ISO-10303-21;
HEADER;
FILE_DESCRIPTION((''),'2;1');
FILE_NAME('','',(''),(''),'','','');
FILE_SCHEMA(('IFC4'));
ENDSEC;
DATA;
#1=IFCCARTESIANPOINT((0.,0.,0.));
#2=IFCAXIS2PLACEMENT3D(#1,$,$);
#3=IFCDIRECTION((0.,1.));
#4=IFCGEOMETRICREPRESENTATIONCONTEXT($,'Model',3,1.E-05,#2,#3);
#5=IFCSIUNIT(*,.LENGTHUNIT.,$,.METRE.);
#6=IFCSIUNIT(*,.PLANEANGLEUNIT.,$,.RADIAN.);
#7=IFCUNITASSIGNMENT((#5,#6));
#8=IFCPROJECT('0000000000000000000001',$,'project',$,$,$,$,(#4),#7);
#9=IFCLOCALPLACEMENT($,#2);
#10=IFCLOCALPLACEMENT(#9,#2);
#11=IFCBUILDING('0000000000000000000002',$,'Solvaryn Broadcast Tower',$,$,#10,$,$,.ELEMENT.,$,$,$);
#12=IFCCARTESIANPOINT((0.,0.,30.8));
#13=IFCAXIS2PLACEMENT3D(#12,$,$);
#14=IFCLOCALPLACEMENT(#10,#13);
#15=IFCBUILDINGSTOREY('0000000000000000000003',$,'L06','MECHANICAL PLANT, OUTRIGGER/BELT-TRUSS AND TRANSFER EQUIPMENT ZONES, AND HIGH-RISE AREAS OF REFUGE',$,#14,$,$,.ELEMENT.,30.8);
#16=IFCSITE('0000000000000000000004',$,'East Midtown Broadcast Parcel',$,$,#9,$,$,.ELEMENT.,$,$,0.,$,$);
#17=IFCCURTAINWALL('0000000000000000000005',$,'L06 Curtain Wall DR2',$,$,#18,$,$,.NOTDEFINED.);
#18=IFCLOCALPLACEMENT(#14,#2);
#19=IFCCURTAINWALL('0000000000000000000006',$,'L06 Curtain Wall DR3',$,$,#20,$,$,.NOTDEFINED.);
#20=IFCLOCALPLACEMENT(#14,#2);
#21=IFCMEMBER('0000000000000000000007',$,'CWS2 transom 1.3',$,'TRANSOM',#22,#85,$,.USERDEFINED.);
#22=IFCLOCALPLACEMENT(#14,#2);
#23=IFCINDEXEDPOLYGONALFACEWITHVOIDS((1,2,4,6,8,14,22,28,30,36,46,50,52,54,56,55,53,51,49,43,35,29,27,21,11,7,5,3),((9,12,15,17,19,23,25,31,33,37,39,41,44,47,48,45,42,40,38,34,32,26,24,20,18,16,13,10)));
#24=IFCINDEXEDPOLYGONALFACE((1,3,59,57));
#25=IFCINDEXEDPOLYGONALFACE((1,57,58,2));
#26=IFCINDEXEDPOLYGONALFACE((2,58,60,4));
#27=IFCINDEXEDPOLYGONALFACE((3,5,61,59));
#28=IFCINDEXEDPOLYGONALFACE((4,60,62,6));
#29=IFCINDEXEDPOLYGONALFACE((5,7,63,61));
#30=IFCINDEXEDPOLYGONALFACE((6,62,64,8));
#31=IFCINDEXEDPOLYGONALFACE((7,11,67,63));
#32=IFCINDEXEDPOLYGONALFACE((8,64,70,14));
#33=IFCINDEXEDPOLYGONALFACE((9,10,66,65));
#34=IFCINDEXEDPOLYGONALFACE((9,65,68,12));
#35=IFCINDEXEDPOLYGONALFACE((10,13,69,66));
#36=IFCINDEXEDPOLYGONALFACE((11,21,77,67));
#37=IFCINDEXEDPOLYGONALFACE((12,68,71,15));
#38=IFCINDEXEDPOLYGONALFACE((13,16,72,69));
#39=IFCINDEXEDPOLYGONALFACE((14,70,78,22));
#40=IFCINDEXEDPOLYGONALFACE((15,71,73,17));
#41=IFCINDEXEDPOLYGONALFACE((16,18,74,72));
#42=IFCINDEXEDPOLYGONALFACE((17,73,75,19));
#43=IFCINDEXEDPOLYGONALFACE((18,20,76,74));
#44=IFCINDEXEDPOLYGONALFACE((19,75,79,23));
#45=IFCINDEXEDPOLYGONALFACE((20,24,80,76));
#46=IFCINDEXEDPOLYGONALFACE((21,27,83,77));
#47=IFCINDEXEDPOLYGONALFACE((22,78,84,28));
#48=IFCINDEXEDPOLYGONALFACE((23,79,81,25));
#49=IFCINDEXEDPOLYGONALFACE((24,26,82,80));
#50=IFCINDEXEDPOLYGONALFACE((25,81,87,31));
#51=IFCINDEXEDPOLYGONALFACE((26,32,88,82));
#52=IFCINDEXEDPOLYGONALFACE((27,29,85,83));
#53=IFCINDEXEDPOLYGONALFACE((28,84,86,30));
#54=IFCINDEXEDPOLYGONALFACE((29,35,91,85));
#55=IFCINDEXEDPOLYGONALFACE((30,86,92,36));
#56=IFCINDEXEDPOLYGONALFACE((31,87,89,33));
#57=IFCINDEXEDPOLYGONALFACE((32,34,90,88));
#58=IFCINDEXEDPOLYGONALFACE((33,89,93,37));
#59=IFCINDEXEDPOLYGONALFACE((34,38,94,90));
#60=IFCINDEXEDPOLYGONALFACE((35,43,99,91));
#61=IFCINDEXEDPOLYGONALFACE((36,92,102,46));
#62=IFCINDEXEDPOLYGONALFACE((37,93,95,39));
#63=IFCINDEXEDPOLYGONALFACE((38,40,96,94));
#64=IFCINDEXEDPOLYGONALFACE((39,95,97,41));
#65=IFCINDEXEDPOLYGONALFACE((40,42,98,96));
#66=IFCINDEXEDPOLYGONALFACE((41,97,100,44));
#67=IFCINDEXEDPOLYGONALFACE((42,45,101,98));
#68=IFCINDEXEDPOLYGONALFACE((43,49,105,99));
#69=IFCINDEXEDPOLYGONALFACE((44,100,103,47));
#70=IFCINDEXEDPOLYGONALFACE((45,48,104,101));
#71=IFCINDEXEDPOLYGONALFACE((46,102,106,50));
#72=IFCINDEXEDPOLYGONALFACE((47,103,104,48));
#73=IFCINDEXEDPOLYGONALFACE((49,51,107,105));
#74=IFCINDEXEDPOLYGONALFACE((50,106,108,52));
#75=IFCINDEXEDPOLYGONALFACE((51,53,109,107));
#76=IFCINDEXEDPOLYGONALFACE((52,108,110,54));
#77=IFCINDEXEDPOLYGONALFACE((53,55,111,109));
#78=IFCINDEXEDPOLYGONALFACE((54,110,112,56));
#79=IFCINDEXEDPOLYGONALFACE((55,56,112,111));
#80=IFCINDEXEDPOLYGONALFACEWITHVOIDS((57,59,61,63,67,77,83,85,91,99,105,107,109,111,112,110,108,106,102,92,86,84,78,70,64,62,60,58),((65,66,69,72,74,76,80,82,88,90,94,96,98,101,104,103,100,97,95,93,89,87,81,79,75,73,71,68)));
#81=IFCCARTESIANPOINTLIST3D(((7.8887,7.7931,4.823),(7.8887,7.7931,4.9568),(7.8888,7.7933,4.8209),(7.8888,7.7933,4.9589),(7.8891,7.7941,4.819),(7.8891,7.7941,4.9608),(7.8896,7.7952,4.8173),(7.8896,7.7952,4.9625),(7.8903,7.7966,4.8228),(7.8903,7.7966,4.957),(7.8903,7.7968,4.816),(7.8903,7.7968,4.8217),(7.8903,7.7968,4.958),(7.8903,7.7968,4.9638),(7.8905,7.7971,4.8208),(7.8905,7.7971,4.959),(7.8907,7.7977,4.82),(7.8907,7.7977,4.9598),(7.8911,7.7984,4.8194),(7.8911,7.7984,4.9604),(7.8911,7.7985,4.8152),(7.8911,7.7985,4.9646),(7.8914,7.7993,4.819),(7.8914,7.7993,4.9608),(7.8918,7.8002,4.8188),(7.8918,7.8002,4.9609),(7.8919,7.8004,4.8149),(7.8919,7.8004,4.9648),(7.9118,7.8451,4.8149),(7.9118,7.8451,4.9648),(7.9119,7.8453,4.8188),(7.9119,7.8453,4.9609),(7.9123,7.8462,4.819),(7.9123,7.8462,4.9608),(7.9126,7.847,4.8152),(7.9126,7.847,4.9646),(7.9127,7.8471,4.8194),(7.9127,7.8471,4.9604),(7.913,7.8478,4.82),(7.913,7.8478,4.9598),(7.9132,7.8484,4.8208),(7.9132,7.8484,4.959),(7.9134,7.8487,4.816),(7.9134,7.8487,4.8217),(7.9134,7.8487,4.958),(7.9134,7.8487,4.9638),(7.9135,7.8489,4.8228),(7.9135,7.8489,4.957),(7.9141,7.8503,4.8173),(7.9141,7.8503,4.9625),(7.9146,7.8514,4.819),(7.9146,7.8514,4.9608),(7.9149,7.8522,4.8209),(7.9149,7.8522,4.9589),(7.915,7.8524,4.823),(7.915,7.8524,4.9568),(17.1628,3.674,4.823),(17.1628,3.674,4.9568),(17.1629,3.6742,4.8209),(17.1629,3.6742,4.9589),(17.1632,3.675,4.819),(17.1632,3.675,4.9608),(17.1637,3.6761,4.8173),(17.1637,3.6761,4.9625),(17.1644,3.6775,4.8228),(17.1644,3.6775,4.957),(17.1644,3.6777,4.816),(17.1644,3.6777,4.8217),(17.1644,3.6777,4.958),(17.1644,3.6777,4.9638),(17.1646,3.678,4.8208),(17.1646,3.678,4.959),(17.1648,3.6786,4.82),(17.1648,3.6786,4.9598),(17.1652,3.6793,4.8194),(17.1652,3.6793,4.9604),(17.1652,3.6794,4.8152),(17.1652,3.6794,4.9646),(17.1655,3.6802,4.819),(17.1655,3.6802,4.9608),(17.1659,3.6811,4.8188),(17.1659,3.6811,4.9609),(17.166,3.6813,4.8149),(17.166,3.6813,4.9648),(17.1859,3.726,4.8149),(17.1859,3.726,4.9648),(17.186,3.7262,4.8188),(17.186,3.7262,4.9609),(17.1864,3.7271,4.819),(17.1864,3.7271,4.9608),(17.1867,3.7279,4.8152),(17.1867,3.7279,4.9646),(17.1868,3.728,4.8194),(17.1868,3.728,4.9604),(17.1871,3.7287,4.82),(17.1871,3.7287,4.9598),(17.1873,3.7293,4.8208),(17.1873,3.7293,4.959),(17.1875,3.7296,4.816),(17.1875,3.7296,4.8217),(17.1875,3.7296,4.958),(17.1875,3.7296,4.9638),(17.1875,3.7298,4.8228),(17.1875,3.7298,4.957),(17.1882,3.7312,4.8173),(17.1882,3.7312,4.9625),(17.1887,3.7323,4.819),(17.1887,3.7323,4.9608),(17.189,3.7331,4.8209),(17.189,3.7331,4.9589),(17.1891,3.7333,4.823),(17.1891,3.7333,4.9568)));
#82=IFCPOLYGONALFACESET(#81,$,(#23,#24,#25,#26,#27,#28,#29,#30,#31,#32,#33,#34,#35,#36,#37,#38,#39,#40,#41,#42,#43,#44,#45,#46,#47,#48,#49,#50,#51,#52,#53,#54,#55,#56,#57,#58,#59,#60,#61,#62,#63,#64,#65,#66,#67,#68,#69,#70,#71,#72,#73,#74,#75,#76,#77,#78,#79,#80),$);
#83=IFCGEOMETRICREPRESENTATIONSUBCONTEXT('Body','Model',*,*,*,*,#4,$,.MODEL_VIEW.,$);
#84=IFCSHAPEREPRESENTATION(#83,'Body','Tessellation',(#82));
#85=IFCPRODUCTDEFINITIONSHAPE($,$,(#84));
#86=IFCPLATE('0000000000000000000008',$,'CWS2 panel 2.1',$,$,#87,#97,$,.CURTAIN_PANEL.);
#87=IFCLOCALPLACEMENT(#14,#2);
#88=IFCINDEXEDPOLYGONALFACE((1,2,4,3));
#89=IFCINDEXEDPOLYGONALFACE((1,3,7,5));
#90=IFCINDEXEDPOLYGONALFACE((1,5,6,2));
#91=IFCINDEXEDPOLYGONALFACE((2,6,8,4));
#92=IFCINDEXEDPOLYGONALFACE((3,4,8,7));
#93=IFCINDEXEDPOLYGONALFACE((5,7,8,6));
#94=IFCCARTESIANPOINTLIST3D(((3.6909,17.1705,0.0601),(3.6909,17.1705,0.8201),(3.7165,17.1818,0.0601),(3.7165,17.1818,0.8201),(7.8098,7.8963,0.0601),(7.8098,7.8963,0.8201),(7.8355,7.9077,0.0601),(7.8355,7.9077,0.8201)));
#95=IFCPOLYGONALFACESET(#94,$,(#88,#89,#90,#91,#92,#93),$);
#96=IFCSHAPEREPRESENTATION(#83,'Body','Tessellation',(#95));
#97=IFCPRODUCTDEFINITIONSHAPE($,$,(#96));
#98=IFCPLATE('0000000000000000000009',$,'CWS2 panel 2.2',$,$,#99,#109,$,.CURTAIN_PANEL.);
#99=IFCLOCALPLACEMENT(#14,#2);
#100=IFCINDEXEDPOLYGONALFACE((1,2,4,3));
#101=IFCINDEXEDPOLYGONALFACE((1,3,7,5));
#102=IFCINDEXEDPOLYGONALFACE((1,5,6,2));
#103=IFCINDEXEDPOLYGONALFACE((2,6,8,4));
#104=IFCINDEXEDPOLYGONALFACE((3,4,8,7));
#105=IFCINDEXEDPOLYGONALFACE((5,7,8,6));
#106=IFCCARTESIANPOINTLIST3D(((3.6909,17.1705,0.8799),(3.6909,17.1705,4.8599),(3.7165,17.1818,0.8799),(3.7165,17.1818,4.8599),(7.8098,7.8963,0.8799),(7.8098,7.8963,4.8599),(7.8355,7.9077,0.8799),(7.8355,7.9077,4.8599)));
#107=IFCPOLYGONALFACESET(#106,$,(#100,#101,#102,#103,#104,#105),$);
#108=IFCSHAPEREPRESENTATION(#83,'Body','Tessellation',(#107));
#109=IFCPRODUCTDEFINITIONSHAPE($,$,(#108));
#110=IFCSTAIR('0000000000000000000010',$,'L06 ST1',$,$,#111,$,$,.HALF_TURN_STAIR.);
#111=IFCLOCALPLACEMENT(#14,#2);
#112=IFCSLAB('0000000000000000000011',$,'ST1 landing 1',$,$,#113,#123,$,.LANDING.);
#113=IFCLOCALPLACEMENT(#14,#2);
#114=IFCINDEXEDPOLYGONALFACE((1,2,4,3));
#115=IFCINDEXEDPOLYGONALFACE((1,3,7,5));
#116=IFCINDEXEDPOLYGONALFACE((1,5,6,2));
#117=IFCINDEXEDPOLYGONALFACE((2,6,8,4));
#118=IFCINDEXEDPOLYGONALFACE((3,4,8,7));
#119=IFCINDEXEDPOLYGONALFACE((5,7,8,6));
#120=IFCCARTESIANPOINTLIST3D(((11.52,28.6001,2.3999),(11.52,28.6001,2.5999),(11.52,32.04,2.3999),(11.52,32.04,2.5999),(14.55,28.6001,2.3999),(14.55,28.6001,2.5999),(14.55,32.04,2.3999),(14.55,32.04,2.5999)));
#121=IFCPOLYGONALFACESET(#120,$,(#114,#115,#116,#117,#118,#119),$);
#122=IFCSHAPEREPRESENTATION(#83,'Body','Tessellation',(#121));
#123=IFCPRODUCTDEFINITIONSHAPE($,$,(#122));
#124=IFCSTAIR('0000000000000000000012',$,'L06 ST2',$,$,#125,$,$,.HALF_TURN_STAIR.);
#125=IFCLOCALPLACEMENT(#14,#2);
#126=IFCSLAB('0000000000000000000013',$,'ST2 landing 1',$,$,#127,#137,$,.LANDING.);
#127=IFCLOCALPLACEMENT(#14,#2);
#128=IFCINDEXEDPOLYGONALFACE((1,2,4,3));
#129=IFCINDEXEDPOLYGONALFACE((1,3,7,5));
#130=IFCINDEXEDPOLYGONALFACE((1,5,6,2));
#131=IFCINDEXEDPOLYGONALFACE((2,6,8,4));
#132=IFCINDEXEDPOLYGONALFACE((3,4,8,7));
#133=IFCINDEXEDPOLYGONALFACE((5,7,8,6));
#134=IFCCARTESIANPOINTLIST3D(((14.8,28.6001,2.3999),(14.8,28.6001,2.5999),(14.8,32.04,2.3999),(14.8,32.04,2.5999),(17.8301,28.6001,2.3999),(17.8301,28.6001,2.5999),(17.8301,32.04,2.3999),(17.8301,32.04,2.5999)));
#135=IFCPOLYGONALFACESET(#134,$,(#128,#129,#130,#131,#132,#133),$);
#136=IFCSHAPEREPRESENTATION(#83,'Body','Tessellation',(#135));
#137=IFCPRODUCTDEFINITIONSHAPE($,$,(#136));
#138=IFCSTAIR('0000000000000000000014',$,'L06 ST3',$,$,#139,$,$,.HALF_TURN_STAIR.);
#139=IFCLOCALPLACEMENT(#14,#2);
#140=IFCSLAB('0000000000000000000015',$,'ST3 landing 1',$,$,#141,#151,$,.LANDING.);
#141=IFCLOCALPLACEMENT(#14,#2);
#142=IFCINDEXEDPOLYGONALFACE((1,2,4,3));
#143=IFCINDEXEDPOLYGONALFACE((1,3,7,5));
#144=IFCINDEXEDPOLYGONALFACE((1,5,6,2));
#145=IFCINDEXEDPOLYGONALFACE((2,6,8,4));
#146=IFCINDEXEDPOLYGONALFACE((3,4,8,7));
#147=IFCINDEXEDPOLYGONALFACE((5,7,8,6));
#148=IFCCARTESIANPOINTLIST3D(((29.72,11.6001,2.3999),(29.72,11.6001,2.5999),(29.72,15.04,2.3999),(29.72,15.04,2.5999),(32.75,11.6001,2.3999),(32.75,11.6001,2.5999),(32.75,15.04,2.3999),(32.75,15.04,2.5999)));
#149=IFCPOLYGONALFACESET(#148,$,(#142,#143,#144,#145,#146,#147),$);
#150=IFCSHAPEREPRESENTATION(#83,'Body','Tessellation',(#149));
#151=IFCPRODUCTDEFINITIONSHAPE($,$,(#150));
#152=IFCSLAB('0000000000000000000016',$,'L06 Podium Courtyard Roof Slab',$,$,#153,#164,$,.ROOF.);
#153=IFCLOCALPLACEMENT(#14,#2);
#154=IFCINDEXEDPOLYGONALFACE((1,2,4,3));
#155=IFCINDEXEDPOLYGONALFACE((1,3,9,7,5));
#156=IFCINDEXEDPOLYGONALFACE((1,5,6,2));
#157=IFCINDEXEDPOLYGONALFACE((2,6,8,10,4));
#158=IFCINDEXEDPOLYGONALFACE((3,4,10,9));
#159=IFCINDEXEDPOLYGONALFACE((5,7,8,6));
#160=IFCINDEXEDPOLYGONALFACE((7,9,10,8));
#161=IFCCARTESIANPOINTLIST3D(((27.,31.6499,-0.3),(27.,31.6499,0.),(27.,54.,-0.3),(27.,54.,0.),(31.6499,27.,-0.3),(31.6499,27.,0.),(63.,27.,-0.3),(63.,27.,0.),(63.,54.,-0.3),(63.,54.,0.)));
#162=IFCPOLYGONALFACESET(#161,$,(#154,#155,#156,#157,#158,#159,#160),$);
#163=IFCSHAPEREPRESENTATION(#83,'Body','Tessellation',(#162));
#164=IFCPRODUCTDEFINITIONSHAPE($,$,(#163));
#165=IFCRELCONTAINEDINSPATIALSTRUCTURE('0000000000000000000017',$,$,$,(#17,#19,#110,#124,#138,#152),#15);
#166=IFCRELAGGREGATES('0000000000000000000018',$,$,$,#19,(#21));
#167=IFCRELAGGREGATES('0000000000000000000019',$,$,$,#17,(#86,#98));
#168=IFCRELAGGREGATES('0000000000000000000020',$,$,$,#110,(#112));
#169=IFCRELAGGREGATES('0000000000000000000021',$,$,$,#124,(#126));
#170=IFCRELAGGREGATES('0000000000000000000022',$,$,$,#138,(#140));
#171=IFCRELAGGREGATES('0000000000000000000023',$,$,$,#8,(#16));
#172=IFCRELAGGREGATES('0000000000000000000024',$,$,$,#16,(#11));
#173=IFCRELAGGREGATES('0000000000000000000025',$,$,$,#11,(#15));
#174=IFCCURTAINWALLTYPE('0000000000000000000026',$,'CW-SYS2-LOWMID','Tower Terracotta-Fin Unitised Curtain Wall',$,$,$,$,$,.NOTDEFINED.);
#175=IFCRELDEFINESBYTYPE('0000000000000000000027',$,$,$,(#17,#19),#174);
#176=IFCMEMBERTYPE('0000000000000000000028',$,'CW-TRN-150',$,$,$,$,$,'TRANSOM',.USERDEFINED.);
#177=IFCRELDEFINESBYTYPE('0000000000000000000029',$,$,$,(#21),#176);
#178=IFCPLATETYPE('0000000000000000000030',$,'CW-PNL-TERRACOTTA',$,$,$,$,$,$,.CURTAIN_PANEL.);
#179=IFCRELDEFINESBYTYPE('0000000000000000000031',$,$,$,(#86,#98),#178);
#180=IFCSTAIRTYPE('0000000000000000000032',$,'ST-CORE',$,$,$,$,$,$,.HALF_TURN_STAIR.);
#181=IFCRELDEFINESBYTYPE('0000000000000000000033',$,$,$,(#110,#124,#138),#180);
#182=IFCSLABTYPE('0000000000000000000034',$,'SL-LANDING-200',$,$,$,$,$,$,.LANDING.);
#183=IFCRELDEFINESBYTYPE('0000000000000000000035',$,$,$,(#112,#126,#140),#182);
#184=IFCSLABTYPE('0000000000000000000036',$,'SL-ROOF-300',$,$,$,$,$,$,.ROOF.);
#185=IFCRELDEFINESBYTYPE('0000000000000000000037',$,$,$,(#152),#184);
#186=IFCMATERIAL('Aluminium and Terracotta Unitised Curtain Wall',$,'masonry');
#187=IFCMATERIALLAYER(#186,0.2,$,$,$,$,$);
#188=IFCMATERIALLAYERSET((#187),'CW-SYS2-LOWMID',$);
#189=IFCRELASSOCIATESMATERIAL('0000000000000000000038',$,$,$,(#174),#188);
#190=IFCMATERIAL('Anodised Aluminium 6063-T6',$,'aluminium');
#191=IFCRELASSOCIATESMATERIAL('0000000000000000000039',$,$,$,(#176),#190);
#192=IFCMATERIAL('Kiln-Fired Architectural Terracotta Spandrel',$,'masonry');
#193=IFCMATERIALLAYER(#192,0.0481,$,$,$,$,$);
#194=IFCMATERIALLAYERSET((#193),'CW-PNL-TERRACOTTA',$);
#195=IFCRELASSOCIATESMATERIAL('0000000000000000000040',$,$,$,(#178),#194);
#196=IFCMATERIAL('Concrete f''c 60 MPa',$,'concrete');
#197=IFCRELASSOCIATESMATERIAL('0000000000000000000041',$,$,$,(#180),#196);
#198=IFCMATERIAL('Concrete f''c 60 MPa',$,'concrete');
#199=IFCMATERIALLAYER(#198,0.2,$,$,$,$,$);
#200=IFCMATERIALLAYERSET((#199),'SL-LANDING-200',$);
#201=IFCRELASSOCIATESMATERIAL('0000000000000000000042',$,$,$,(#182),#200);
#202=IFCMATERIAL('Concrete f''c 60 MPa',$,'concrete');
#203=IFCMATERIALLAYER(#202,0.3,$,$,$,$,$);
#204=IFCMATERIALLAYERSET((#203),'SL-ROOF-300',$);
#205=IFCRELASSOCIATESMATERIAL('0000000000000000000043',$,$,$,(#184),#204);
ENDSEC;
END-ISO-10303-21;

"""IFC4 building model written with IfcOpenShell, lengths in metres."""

from ifc_helpers import new_model, si_unit, direction, frame, origin, origin_2d, place, context, subcontext, project, spatial, polyline, rectangle, hollow_rectangle, outline, extrude, material, layer, layer_set, material_profile, profile_set, type_object, element, aggregate, save


model = new_model("IFC4")

# Units and contexts
model_context = context("Model", 3, precision=1e-05, world=origin(), true_north=direction((0.0, 1.0)))
body_context = subcontext(model_context, "Body", "Model", "MODEL_VIEW")
ifc_project = project(units=[si_unit("LENGTHUNIT", "METRE"), si_unit("PLANEANGLEUNIT", "RADIAN")], contexts=[model_context])

# Site, building, storey
site_placement = place(None, origin())
site = spatial("IfcSite", under=ifc_project, at=site_placement, Name="East Midtown Broadcast Parcel", CompositionType="ELEMENT", RefElevation=0.0)
building_placement = place(site_placement, origin())
building = spatial("IfcBuilding", under=site, at=building_placement, Name="Solvaryn Broadcast Tower", CompositionType="ELEMENT")
storey_placement = place(building_placement, frame((0.0, 0.0, 30.8)))
storey = spatial("IfcBuildingStorey", under=building, at=storey_placement, Name="L06", Description="MECHANICAL PLANT, OUTRIGGER/BELT-TRUSS AND TRANSFER EQUIPMENT ZONES, AND HIGH-RISE AREAS OF REFUGE", CompositionType="ELEMENT", Elevation=30.8)

# Curtain walls
ifc_material_1 = material(Name="Aluminium and Terracotta Unitised Curtain Wall", Category="masonry")
ifc_layer_1 = layer(ifc_material_1, 0.2)
ifc_layer_set_1 = layer_set([ifc_layer_1], Name="CW-SYS2-LOWMID")
curtain_wall_type = type_object("IfcCurtainWallType", Name="CW-SYS2-LOWMID", Description="Tower Terracotta-Fin Unitised Curtain Wall", PredefinedType="NOTDEFINED", material=ifc_layer_set_1)
curtain_wall_1_placement = place(storey_placement, origin())
curtain_wall_1 = element("IfcCurtainWall", 1, at=curtain_wall_1_placement, inside=storey, type_object=curtain_wall_type, Name="L06 Curtain Wall DR2", PredefinedType="NOTDEFINED")
curtain_wall_2_placement = place(storey_placement, origin())
curtain_wall_2 = element("IfcCurtainWall", 2, at=curtain_wall_2_placement, inside=storey, type_object=curtain_wall_type, Name="L06 Curtain Wall DR3", PredefinedType="NOTDEFINED")

# Member
ifc_material_2 = material(Name="Anodised Aluminium 6063-T6", Category="aluminium")
ifc_material_profile_1 = material_profile(ifc_material_2, hollow_rectangle(XDim=0.0649, YDim=0.1499, WallThickness=0.0039, InnerFilletRadius=0.0039, OuterFilletRadius=0.0081, at=origin_2d()))
ifc_profile_set_1 = profile_set([ifc_material_profile_1], Name="Anodised Aluminium 6063-T6")
member_type_1 = type_object("IfcMemberType", Name="CW-TRN-150", ElementType="TRANSOM", PredefinedType="USERDEFINED", material=ifc_profile_set_1)
member_1_placement = place(storey_placement, frame((7.9019, 7.8228, 4.8899), z_axis=(0.913911, -0.405915, 0.0), x_axis=(0.405915, 0.913911, 0.0)))
member_1 = element("IfcMember", 3, at=member_1_placement, type_object=member_type_1, Name="CWS2 transom 1.3", ObjectType="TRANSOM", PredefinedType="USERDEFINED", context=body_context, shape_type="SweptSolid", body=[
    extrude(hollow_rectangle(XDim=0.0649, YDim=0.1499, WallThickness=0.0039, InnerFilletRadius=0.0039, OuterFilletRadius=0.0081, at=origin_2d()), origin(), (0.0, 0.0, 1.0), 10.1477),
])
aggregate(curtain_wall_2, [member_1])

# Plates
ifc_material_3 = material(Name="Kiln-Fired Architectural Terracotta Spandrel", Category="masonry")
ifc_layer_2 = layer(ifc_material_3, 0.0481)
ifc_layer_set_2 = layer_set([ifc_layer_2], Name="CW-PNL-TERRACOTTA")
plate_type = type_object("IfcPlateType", Name="CW-PNL-TERRACOTTA", PredefinedType="CURTAIN_PANEL", material=ifc_layer_set_2)
plate_1_placement = place(storey_placement, frame((5.7632, 12.5391, 0.0601), z_axis=(0.0, 0.0, 1.0), x_axis=(0.405898, -0.913918, 0.0)))
plate_1 = element("IfcPlate", 4, at=plate_1_placement, type_object=plate_type, Name="CWS2 panel 2.1", PredefinedType="CURTAIN_PANEL", context=body_context, shape_type="SweptSolid", body=[
    extrude(rectangle(XDim=10.1477, YDim=0.0281, at=origin_2d()), origin(), (0.0, 0.0, 1.0), 0.76),
])
plate_2_placement = place(storey_placement, frame((5.7632, 12.5391, 0.8799), z_axis=(0.0, 0.0, 1.0), x_axis=(0.405898, -0.913918, 0.0)))
plate_2 = element("IfcPlate", 5, at=plate_2_placement, type_object=plate_type, Name="CWS2 panel 2.2", PredefinedType="CURTAIN_PANEL", context=body_context, shape_type="SweptSolid", body=[
    extrude(rectangle(XDim=10.1477, YDim=0.0281, at=origin_2d()), origin(), (0.0, 0.0, 1.0), 3.98),
])
aggregate(curtain_wall_1, [plate_1, plate_2])

# Stairs, slabs
ifc_material_4 = material(Name="Concrete f'c 60 MPa", Category="concrete")
stair_type = type_object("IfcStairType", Name="ST-CORE", PredefinedType="HALF_TURN_STAIR", material=ifc_material_4)
stair_1_placement = place(storey_placement, origin())
stair_1 = element("IfcStair", 6, at=stair_1_placement, inside=storey, type_object=stair_type, Name="L06 ST1", PredefinedType="HALF_TURN_STAIR")
ifc_material_5 = material(Name="Concrete f'c 60 MPa", Category="concrete")
ifc_layer_3 = layer(ifc_material_5, 0.2)
ifc_layer_set_3 = layer_set([ifc_layer_3], Name="SL-LANDING-200")
slab_type_1 = type_object("IfcSlabType", Name="SL-LANDING-200", PredefinedType="LANDING", material=ifc_layer_set_3)
slab_1_placement = place(storey_placement, frame((0.0, 0.0, 2.3999)))
slab_1 = element("IfcSlab", 7, at=slab_1_placement, type_object=slab_type_1, Name="ST1 landing 1", PredefinedType="LANDING", context=body_context, shape_type="SweptSolid", body=[
    extrude(outline(polyline([(11.52, 32.04), (11.52, 28.6001), (14.55, 28.6001), (14.55, 32.04), (11.52, 32.04)])), origin(), (0.0, 0.0, 1.0), 0.2),
])
aggregate(stair_1, [slab_1])
stair_2_placement = place(storey_placement, origin())
stair_2 = element("IfcStair", 8, at=stair_2_placement, inside=storey, type_object=stair_type, Name="L06 ST2", PredefinedType="HALF_TURN_STAIR")
slab_2_placement = place(storey_placement, frame((0.0, 0.0, 2.3999)))
slab_2 = element("IfcSlab", 9, at=slab_2_placement, type_object=slab_type_1, Name="ST2 landing 1", PredefinedType="LANDING", context=body_context, shape_type="SweptSolid", body=[
    extrude(outline(polyline([(14.8, 32.04), (14.8, 28.6001), (17.8301, 28.6001), (17.8301, 32.04), (14.8, 32.04)])), origin(), (0.0, 0.0, 1.0), 0.2),
])
aggregate(stair_2, [slab_2])
stair_3_placement = place(storey_placement, origin())
stair_3 = element("IfcStair", 10, at=stair_3_placement, inside=storey, type_object=stair_type, Name="L06 ST3", PredefinedType="HALF_TURN_STAIR")
slab_3_placement = place(storey_placement, frame((0.0, 0.0, 2.3999)))
slab_3 = element("IfcSlab", 11, at=slab_3_placement, type_object=slab_type_1, Name="ST3 landing 1", PredefinedType="LANDING", context=body_context, shape_type="SweptSolid", body=[
    extrude(outline(polyline([(29.72, 15.04), (29.72, 11.6001), (32.75, 11.6001), (32.75, 15.04), (29.72, 15.04)])), origin(), (0.0, 0.0, 1.0), 0.2),
])
aggregate(stair_3, [slab_3])

# Slab
ifc_material_6 = material(Name="Concrete f'c 60 MPa", Category="concrete")
ifc_layer_4 = layer(ifc_material_6, 0.3)
ifc_layer_set_4 = layer_set([ifc_layer_4], Name="SL-ROOF-300")
slab_type_2 = type_object("IfcSlabType", Name="SL-ROOF-300", PredefinedType="ROOF", material=ifc_layer_set_4)
slab_4_placement = place(storey_placement, frame((0.0, 0.0, -0.3)))
element("IfcSlab", 12, at=slab_4_placement, inside=storey, type_object=slab_type_2, Name="L06 Podium Courtyard Roof Slab", PredefinedType="ROOF", context=body_context, shape_type="SweptSolid", body=[
    extrude(outline(polyline([(31.6499, 27.0), (63.0, 27.0), (63.0, 54.0), (27.0, 54.0), (27.0, 31.6499), (31.6499, 27.0)])), origin(), (0.0, 0.0, 1.0), 0.3),
])

save(model, "model.ifc")
